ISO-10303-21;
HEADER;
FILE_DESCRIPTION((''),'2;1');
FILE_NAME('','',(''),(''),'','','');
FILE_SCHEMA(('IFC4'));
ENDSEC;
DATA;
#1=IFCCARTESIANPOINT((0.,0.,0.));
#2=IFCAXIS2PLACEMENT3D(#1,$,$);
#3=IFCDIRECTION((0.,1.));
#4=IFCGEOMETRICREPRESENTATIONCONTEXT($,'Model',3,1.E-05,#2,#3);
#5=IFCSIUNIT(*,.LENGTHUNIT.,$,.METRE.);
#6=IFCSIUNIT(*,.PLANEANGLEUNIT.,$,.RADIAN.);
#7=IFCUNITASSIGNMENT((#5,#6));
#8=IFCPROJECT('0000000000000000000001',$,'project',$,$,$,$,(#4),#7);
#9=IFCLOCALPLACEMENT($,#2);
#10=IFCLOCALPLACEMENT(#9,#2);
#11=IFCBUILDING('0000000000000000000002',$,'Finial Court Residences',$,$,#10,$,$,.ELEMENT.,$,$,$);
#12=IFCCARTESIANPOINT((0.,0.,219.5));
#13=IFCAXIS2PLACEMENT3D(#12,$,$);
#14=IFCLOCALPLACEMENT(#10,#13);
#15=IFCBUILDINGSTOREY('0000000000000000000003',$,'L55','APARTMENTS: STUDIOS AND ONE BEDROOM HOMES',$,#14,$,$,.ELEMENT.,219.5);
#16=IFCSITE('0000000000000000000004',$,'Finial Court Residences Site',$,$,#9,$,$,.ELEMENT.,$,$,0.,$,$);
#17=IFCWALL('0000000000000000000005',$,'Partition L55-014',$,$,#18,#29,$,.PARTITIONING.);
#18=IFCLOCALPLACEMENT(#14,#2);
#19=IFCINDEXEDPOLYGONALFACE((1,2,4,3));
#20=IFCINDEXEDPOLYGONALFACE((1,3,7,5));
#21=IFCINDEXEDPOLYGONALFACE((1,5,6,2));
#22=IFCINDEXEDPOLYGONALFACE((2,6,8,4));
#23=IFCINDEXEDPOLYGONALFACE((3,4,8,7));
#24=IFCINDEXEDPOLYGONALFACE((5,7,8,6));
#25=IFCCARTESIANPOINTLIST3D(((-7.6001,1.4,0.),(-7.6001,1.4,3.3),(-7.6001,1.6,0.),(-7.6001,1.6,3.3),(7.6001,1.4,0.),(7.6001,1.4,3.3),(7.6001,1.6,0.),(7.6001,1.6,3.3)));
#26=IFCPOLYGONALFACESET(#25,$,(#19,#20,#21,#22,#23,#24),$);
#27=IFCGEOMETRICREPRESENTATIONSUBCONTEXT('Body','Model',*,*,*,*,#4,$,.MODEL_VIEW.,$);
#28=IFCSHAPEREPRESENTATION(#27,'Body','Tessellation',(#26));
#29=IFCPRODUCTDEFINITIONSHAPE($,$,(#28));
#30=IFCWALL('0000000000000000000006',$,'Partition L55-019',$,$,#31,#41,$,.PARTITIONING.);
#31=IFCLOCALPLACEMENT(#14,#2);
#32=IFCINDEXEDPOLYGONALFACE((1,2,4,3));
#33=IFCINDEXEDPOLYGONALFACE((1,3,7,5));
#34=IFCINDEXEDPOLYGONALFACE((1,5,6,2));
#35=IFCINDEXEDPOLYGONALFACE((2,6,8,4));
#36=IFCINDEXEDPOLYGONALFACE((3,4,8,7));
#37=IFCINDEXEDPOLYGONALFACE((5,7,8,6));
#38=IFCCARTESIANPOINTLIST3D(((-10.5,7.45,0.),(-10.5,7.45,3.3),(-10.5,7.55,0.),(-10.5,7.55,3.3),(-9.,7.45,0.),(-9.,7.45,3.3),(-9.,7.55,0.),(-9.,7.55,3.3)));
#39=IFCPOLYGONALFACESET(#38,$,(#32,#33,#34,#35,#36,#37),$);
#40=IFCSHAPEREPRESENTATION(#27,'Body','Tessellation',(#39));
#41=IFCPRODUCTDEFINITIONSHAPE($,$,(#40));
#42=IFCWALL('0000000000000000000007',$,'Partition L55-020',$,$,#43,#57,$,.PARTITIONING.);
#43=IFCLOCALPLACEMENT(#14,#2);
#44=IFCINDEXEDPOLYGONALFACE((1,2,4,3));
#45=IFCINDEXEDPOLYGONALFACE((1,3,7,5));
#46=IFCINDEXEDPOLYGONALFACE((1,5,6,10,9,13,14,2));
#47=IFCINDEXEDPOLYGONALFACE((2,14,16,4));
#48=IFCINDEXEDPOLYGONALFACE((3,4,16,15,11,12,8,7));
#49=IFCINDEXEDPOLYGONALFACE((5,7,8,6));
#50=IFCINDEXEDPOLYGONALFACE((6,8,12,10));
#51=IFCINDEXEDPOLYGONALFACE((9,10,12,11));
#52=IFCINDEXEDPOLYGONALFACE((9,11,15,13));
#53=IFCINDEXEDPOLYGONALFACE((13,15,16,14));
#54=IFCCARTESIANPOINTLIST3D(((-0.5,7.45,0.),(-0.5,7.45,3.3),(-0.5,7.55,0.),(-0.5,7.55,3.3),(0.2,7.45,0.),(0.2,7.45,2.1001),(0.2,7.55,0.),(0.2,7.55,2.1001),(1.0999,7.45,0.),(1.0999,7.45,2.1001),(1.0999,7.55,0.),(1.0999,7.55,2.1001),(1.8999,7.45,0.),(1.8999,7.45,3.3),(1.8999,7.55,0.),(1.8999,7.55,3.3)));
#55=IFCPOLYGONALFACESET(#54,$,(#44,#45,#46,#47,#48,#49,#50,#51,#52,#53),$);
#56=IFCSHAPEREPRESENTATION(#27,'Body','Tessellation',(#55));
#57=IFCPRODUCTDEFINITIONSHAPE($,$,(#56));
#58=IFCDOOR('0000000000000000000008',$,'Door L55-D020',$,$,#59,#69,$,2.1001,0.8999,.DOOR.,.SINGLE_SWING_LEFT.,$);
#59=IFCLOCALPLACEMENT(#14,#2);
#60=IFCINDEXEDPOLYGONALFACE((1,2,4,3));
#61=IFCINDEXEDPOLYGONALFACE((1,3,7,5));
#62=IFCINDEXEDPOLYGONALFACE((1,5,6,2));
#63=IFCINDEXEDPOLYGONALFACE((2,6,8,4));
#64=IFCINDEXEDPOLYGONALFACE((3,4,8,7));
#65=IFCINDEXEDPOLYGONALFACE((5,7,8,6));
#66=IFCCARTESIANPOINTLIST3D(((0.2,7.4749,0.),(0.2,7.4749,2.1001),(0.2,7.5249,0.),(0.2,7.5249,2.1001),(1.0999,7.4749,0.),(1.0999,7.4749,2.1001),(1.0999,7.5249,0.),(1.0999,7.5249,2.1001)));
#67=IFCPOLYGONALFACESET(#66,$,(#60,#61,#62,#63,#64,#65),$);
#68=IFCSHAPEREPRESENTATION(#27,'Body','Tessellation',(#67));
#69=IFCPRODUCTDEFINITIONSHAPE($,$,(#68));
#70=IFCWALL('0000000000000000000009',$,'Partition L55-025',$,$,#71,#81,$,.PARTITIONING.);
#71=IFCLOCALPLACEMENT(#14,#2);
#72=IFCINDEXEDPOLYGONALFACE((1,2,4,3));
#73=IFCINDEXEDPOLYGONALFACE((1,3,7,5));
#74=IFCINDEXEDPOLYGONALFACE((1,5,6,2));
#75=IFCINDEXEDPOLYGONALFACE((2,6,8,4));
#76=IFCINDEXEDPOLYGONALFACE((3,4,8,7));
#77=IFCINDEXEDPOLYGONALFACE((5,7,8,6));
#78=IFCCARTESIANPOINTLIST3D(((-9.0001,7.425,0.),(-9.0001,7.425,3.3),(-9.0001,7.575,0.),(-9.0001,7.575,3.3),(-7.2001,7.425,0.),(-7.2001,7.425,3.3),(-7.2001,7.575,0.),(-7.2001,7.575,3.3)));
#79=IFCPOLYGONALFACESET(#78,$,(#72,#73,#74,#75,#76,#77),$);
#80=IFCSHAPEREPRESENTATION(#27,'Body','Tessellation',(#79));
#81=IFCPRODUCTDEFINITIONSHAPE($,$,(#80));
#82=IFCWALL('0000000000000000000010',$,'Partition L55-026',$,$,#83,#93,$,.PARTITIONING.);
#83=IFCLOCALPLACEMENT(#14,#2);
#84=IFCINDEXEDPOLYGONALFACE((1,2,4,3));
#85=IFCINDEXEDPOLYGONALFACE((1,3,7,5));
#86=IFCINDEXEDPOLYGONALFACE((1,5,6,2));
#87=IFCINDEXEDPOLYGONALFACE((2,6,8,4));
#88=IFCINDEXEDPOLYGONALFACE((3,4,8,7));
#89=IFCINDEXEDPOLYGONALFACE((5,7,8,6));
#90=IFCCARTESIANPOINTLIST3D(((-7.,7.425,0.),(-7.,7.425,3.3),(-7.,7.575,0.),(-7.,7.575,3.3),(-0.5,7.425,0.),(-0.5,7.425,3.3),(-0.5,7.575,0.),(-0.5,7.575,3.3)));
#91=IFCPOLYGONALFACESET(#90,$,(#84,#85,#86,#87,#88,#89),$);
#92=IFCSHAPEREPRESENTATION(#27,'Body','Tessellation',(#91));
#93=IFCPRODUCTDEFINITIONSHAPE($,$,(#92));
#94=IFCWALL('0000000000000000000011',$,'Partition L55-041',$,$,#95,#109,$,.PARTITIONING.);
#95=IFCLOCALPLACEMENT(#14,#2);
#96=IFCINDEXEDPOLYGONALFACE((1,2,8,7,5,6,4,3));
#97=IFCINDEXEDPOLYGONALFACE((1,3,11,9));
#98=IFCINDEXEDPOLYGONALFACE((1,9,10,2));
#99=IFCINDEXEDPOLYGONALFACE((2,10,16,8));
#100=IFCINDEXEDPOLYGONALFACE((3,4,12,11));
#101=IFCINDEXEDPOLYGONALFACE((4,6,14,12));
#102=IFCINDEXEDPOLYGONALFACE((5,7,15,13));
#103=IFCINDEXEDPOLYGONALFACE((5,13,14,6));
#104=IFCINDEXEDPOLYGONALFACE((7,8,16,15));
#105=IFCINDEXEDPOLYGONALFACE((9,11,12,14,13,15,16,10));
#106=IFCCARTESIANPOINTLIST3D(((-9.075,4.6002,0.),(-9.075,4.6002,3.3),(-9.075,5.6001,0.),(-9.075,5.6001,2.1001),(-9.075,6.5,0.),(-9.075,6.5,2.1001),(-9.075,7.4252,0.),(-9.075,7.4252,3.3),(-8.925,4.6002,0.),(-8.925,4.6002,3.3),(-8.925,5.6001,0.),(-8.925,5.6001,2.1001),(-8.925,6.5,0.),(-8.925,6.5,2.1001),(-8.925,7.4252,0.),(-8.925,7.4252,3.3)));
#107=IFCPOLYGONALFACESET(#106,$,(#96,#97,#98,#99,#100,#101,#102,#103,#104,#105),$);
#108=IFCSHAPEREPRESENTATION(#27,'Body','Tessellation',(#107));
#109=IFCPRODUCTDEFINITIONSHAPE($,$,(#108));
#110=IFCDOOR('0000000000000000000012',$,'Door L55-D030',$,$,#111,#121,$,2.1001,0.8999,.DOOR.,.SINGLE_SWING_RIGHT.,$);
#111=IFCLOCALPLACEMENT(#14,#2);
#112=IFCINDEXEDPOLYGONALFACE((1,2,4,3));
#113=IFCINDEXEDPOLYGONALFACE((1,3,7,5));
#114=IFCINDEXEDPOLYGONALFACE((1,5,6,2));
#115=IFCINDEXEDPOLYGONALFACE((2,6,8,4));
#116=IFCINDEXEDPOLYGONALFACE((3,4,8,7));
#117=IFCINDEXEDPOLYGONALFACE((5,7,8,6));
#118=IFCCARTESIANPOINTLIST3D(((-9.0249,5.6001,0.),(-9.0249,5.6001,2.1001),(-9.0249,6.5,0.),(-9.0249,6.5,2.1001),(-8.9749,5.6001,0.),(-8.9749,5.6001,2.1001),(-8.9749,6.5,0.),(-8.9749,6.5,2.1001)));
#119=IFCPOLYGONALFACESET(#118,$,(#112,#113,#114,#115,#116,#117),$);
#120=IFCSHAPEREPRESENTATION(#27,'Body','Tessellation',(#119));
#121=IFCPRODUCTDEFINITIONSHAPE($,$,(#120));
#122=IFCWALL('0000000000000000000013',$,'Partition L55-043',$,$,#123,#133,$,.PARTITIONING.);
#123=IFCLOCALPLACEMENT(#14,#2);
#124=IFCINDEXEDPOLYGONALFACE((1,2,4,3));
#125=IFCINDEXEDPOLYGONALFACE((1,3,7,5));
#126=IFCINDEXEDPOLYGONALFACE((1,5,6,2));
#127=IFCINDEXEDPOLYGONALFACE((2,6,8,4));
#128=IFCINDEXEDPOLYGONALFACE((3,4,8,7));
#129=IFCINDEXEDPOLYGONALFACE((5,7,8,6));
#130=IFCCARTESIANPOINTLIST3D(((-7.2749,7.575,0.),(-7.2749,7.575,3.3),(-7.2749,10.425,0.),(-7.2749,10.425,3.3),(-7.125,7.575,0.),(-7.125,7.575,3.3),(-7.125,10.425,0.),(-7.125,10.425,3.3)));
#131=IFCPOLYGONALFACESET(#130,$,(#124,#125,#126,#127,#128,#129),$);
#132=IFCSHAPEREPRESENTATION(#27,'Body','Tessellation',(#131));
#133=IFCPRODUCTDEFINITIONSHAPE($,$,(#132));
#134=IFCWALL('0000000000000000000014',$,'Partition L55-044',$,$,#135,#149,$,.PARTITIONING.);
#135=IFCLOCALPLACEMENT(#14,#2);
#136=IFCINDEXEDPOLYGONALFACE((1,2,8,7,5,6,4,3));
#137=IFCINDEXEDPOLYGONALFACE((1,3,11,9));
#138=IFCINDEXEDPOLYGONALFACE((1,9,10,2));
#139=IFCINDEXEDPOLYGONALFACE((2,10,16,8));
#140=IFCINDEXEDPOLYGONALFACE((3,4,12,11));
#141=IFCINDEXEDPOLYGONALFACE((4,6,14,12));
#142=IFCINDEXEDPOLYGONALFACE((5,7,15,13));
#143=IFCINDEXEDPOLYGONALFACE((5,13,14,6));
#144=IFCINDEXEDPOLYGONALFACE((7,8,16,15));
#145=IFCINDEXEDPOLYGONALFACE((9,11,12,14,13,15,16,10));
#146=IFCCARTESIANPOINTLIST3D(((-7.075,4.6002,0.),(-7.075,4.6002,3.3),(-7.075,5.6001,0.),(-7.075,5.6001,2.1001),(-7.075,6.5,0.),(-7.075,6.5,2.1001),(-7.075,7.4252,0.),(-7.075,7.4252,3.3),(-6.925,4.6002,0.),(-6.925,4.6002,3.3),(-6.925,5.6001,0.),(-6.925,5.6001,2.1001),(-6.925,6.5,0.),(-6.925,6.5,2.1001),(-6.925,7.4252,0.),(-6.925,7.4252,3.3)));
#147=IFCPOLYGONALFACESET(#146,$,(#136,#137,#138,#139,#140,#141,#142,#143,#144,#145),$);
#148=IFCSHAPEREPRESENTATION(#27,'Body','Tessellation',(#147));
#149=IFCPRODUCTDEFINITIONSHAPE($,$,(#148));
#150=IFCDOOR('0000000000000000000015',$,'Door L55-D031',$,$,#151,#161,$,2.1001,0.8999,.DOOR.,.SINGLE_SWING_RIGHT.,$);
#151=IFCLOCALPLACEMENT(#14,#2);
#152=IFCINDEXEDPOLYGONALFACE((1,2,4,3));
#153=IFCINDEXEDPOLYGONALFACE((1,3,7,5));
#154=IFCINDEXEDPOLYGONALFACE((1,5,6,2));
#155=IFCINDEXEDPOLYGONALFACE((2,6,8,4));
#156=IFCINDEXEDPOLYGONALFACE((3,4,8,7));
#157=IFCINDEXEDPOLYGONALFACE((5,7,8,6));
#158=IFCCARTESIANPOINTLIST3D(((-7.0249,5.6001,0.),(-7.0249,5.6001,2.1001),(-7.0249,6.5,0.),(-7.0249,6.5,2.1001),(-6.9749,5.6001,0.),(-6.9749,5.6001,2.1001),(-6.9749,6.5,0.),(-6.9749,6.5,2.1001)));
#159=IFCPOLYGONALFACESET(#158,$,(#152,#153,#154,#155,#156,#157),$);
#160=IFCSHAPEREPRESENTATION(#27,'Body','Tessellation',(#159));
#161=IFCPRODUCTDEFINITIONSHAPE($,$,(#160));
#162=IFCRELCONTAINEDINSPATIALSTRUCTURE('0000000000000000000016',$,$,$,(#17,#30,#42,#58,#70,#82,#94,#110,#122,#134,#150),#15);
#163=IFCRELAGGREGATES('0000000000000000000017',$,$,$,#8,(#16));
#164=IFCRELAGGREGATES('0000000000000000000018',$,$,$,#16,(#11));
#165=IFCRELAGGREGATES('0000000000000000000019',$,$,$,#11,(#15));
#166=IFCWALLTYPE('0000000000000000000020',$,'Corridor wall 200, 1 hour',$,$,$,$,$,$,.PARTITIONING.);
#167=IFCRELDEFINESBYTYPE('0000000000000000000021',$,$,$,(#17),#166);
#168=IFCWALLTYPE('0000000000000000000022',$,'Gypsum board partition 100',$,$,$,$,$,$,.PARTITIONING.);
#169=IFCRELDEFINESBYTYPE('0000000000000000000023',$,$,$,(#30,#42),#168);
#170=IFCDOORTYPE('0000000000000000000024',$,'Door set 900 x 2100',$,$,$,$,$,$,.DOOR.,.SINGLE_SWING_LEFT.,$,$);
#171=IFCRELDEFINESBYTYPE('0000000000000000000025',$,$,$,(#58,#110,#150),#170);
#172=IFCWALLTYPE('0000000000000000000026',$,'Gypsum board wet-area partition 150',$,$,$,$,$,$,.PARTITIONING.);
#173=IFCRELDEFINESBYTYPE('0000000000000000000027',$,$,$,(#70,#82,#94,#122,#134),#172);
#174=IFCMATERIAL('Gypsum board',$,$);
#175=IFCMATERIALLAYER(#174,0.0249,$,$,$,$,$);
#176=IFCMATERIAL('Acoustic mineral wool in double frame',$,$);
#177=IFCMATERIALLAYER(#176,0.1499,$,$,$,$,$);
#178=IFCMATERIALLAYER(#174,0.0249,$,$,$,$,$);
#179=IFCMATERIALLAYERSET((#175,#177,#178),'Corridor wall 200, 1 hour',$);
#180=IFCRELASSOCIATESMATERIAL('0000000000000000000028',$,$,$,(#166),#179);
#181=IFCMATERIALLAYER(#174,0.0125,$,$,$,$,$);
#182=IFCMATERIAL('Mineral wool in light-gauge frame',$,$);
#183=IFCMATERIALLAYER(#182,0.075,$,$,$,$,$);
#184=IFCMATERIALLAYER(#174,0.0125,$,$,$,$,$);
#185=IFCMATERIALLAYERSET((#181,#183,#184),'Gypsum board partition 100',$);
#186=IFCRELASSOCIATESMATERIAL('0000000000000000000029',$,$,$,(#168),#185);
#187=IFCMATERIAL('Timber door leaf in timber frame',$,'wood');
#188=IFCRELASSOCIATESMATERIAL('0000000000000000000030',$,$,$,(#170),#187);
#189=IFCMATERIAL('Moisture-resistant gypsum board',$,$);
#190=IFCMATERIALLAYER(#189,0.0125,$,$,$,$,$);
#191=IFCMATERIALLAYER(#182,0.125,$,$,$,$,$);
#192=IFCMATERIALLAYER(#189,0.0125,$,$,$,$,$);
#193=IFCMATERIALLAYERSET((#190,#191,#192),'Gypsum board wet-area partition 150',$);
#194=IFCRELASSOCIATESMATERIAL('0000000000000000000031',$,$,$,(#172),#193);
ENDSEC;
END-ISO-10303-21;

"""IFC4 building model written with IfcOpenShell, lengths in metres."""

from ifc_helpers import new_model, si_unit, direction, frame, frame_2d, origin, place, context, subcontext, project, spatial, rectangle, extrude, material, layer, layer_set, type_object, element, fill, save


model = new_model("IFC4")

# Units and contexts
model_context = context("Model", 3, precision=1e-05, world=origin(), true_north=direction((0.0, 1.0)))
body_context = subcontext(model_context, "Body", "Model", "MODEL_VIEW")
ifc_project = project(units=[si_unit("LENGTHUNIT", "METRE"), si_unit("PLANEANGLEUNIT", "RADIAN")], contexts=[model_context])

# Site, building, storey
site_placement = place(None, origin())
site = spatial("IfcSite", under=ifc_project, at=site_placement, Name="Finial Court Residences Site", CompositionType="ELEMENT", RefElevation=0.0)
building_placement = place(site_placement, origin())
building = spatial("IfcBuilding", under=site, at=building_placement, Name="Finial Court Residences", CompositionType="ELEMENT")
storey_placement = place(building_placement, frame((0.0, 0.0, 219.5)))
storey = spatial("IfcBuildingStorey", under=building, at=storey_placement, Name="L55", Description="APARTMENTS: STUDIOS AND ONE BEDROOM HOMES", CompositionType="ELEMENT", Elevation=219.5)

# Walls
ifc_material_1 = material(Name="Gypsum board")
ifc_material_2 = material(Name="Acoustic mineral wool in double frame")
ifc_layer_1 = layer(ifc_material_1, 0.0249)
ifc_layer_2 = layer(ifc_material_2, 0.1499)
ifc_layer_3 = layer(ifc_material_1, 0.0249)
ifc_layer_set_1 = layer_set([ifc_layer_1, ifc_layer_2, ifc_layer_3], Name="Corridor wall 200, 1 hour")
wall_type_1 = type_object("IfcWallType", Name="Corridor wall 200, 1 hour", PredefinedType="PARTITIONING", material=ifc_layer_set_1)
wall_1_placement = place(storey_placement, frame((-7.6001, 1.5, 0.0), z_axis=(0.0, 0.0, 1.0), x_axis=(1.0, 0.0, 0.0)))
element("IfcWall", 1, at=wall_1_placement, inside=storey, type_object=wall_type_1, Name="Partition L55-014", PredefinedType="PARTITIONING", context=body_context, shape_type="SweptSolid", body=[
    extrude(rectangle(XDim=15.2002, YDim=0.2, at=frame_2d((7.6001, 0.0))), origin(), (0.0, 0.0, 1.0), 3.3),
])
ifc_layer_4 = layer(ifc_material_1, 0.0125)
ifc_material_3 = material(Name="Mineral wool in light-gauge frame")
ifc_layer_5 = layer(ifc_material_3, 0.075)
ifc_layer_6 = layer(ifc_material_1, 0.0125)
ifc_layer_set_2 = layer_set([ifc_layer_4, ifc_layer_5, ifc_layer_6], Name="Gypsum board partition 100")
wall_type_2 = type_object("IfcWallType", Name="Gypsum board partition 100", PredefinedType="PARTITIONING", material=ifc_layer_set_2)
wall_2_placement = place(storey_placement, frame((-10.5, 7.5, 0.0), z_axis=(0.0, 0.0, 1.0), x_axis=(1.0, 0.0, 0.0)))
element("IfcWall", 2, at=wall_2_placement, inside=storey, type_object=wall_type_2, Name="Partition L55-019", PredefinedType="PARTITIONING", context=body_context, shape_type="SweptSolid", body=[
    extrude(rectangle(XDim=1.5, YDim=0.1001, at=frame_2d((0.75, 0.0))), origin(), (0.0, 0.0, 1.0), 3.3),
])

# Wall, opening, door
wall_3_placement = place(storey_placement, frame((-0.5, 7.5, 0.0), z_axis=(0.0, 0.0, 1.0), x_axis=(1.0, 0.0, 0.0)))
wall_3 = element("IfcWall", 3, at=wall_3_placement, inside=storey, type_object=wall_type_2, Name="Partition L55-020", PredefinedType="PARTITIONING", context=body_context, shape_type="SweptSolid", body=[
    extrude(rectangle(XDim=2.3999, YDim=0.1001, at=frame_2d((1.2, 0.0))), origin(), (0.0, 0.0, 1.0), 3.3),
])
opening_1_placement = place(wall_3_placement, frame((0.7, 0.0, 0.0)))
opening_1 = element("IfcOpeningElement", 4, at=opening_1_placement, cuts=wall_3, PredefinedType="OPENING", context=body_context, shape_type="SweptSolid", body=[
    extrude(rectangle(XDim=0.8999, YDim=2.1001, at=frame_2d((0.45, 1.05))), frame((0.0, 0.0601, 0.0), z_axis=(0.0, -1.0, 0.0), x_axis=(1.0, 0.0, 0.0)), (0.0, 0.0, 1.0), 0.1201),
])
ifc_material_4 = material(Name="Timber door leaf in timber frame", Category="wood")
door_type = type_object("IfcDoorType", Name="Door set 900 x 2100", OperationType="SINGLE_SWING_LEFT", PredefinedType="DOOR", material=ifc_material_4)
door_1_placement = place(opening_1_placement, origin())
door_1 = element("IfcDoor", 5, at=door_1_placement, inside=storey, type_object=door_type, Name="Door L55-D020", OperationType="SINGLE_SWING_LEFT", OverallHeight=2.1001, OverallWidth=0.8999, PredefinedType="DOOR", context=body_context, shape_type="SweptSolid", body=[
    extrude(rectangle(XDim=0.8999, YDim=2.1001, at=frame_2d((0.45, 1.05))), frame((0.0, 0.0249, 0.0), z_axis=(0.0, -1.0, 0.0), x_axis=(1.0, 0.0, 0.0)), (0.0, 0.0, 1.0), 0.05),
])
fill(opening_1, door_1)

# Walls
ifc_material_5 = material(Name="Moisture-resistant gypsum board")
ifc_layer_7 = layer(ifc_material_5, 0.0125)
ifc_layer_8 = layer(ifc_material_3, 0.125)
ifc_layer_9 = layer(ifc_material_5, 0.0125)
ifc_layer_set_3 = layer_set([ifc_layer_7, ifc_layer_8, ifc_layer_9], Name="Gypsum board wet-area partition 150")
wall_type_3 = type_object("IfcWallType", Name="Gypsum board wet-area partition 150", PredefinedType="PARTITIONING", material=ifc_layer_set_3)
wall_4_placement = place(storey_placement, frame((-9.0, 7.5, 0.0), z_axis=(0.0, 0.0, 1.0), x_axis=(1.0, 0.0, 0.0)))
element("IfcWall", 6, at=wall_4_placement, inside=storey, type_object=wall_type_3, Name="Partition L55-025", PredefinedType="PARTITIONING", context=body_context, shape_type="SweptSolid", body=[
    extrude(rectangle(XDim=1.8, YDim=0.1499, at=frame_2d((0.8999, 0.0))), origin(), (0.0, 0.0, 1.0), 3.3),
])
wall_5_placement = place(storey_placement, frame((-7.0, 7.5, 0.0), z_axis=(0.0, 0.0, 1.0), x_axis=(1.0, 0.0, 0.0)))
element("IfcWall", 7, at=wall_5_placement, inside=storey, type_object=wall_type_3, Name="Partition L55-026", PredefinedType="PARTITIONING", context=body_context, shape_type="SweptSolid", body=[
    extrude(rectangle(XDim=6.5, YDim=0.1499, at=frame_2d((3.25, 0.0))), origin(), (0.0, 0.0, 1.0), 3.3),
])

# Wall, opening, door
wall_6_placement = place(storey_placement, frame((-9.0, 4.6001, 0.0), z_axis=(0.0, 0.0, 1.0), x_axis=(0.0, 1.0, 0.0)))
wall_6 = element("IfcWall", 8, at=wall_6_placement, inside=storey, type_object=wall_type_3, Name="Partition L55-041", PredefinedType="PARTITIONING", context=body_context, shape_type="SweptSolid", body=[
    extrude(rectangle(XDim=2.825, YDim=0.1499, at=frame_2d((1.4126, 0.0))), origin(), (0.0, 0.0, 1.0), 3.3),
])
opening_2_placement = place(wall_6_placement, frame((1.0, 0.0, 0.0)))
opening_2 = element("IfcOpeningElement", 9, at=opening_2_placement, cuts=wall_6, PredefinedType="OPENING", context=body_context, shape_type="SweptSolid", body=[
    extrude(rectangle(XDim=0.8999, YDim=2.1001, at=frame_2d((0.45, 1.05))), frame((0.0, 0.085, 0.0), z_axis=(0.0, -1.0, 0.0), x_axis=(1.0, 0.0, 0.0)), (0.0, 0.0, 1.0), 0.1699),
])
door_2_placement = place(opening_2_placement, origin())
door_2 = element("IfcDoor", 10, at=door_2_placement, inside=storey, type_object=door_type, Name="Door L55-D030", OperationType="SINGLE_SWING_RIGHT", OverallHeight=2.1001, OverallWidth=0.8999, PredefinedType="DOOR", context=body_context, shape_type="SweptSolid", body=[
    extrude(rectangle(XDim=0.8999, YDim=2.1001, at=frame_2d((0.45, 1.05))), frame((0.0, 0.0249, 0.0), z_axis=(0.0, -1.0, 0.0), x_axis=(1.0, 0.0, 0.0)), (0.0, 0.0, 1.0), 0.05),
])
fill(opening_2, door_2)

# Wall
wall_7_placement = place(storey_placement, frame((-7.2, 7.575, 0.0), z_axis=(0.0, 0.0, 1.0), x_axis=(0.0, 1.0, 0.0)))
element("IfcWall", 11, at=wall_7_placement, inside=storey, type_object=wall_type_3, Name="Partition L55-043", PredefinedType="PARTITIONING", context=body_context, shape_type="SweptSolid", body=[
    extrude(rectangle(XDim=2.8501, YDim=0.1499, at=frame_2d((1.425, 0.0))), origin(), (0.0, 0.0, 1.0), 3.3),
])

# Wall, opening, door
wall_8_placement = place(storey_placement, frame((-7.0, 4.6001, 0.0), z_axis=(0.0, 0.0, 1.0), x_axis=(0.0, 1.0, 0.0)))
wall_8 = element("IfcWall", 12, at=wall_8_placement, inside=storey, type_object=wall_type_3, Name="Partition L55-044", PredefinedType="PARTITIONING", context=body_context, shape_type="SweptSolid", body=[
    extrude(rectangle(XDim=2.825, YDim=0.1499, at=frame_2d((1.4126, 0.0))), origin(), (0.0, 0.0, 1.0), 3.3),
])
opening_3_placement = place(wall_8_placement, frame((1.0, 0.0, 0.0)))
opening_3 = element("IfcOpeningElement", 13, at=opening_3_placement, cuts=wall_8, PredefinedType="OPENING", context=body_context, shape_type="SweptSolid", body=[
    extrude(rectangle(XDim=0.8999, YDim=2.1001, at=frame_2d((0.45, 1.05))), frame((0.0, 0.085, 0.0), z_axis=(0.0, -1.0, 0.0), x_axis=(1.0, 0.0, 0.0)), (0.0, 0.0, 1.0), 0.1699),
])
door_3_placement = place(opening_3_placement, origin())
door_3 = element("IfcDoor", 14, at=door_3_placement, inside=storey, type_object=door_type, Name="Door L55-D031", OperationType="SINGLE_SWING_RIGHT", OverallHeight=2.1001, OverallWidth=0.8999, PredefinedType="DOOR", context=body_context, shape_type="SweptSolid", body=[
    extrude(rectangle(XDim=0.8999, YDim=2.1001, at=frame_2d((0.45, 1.05))), frame((0.0, 0.0249, 0.0), z_axis=(0.0, -1.0, 0.0), x_axis=(1.0, 0.0, 0.0)), (0.0, 0.0, 1.0), 0.05),
])
fill(opening_3, door_3)

save(model, "model.ifc")
